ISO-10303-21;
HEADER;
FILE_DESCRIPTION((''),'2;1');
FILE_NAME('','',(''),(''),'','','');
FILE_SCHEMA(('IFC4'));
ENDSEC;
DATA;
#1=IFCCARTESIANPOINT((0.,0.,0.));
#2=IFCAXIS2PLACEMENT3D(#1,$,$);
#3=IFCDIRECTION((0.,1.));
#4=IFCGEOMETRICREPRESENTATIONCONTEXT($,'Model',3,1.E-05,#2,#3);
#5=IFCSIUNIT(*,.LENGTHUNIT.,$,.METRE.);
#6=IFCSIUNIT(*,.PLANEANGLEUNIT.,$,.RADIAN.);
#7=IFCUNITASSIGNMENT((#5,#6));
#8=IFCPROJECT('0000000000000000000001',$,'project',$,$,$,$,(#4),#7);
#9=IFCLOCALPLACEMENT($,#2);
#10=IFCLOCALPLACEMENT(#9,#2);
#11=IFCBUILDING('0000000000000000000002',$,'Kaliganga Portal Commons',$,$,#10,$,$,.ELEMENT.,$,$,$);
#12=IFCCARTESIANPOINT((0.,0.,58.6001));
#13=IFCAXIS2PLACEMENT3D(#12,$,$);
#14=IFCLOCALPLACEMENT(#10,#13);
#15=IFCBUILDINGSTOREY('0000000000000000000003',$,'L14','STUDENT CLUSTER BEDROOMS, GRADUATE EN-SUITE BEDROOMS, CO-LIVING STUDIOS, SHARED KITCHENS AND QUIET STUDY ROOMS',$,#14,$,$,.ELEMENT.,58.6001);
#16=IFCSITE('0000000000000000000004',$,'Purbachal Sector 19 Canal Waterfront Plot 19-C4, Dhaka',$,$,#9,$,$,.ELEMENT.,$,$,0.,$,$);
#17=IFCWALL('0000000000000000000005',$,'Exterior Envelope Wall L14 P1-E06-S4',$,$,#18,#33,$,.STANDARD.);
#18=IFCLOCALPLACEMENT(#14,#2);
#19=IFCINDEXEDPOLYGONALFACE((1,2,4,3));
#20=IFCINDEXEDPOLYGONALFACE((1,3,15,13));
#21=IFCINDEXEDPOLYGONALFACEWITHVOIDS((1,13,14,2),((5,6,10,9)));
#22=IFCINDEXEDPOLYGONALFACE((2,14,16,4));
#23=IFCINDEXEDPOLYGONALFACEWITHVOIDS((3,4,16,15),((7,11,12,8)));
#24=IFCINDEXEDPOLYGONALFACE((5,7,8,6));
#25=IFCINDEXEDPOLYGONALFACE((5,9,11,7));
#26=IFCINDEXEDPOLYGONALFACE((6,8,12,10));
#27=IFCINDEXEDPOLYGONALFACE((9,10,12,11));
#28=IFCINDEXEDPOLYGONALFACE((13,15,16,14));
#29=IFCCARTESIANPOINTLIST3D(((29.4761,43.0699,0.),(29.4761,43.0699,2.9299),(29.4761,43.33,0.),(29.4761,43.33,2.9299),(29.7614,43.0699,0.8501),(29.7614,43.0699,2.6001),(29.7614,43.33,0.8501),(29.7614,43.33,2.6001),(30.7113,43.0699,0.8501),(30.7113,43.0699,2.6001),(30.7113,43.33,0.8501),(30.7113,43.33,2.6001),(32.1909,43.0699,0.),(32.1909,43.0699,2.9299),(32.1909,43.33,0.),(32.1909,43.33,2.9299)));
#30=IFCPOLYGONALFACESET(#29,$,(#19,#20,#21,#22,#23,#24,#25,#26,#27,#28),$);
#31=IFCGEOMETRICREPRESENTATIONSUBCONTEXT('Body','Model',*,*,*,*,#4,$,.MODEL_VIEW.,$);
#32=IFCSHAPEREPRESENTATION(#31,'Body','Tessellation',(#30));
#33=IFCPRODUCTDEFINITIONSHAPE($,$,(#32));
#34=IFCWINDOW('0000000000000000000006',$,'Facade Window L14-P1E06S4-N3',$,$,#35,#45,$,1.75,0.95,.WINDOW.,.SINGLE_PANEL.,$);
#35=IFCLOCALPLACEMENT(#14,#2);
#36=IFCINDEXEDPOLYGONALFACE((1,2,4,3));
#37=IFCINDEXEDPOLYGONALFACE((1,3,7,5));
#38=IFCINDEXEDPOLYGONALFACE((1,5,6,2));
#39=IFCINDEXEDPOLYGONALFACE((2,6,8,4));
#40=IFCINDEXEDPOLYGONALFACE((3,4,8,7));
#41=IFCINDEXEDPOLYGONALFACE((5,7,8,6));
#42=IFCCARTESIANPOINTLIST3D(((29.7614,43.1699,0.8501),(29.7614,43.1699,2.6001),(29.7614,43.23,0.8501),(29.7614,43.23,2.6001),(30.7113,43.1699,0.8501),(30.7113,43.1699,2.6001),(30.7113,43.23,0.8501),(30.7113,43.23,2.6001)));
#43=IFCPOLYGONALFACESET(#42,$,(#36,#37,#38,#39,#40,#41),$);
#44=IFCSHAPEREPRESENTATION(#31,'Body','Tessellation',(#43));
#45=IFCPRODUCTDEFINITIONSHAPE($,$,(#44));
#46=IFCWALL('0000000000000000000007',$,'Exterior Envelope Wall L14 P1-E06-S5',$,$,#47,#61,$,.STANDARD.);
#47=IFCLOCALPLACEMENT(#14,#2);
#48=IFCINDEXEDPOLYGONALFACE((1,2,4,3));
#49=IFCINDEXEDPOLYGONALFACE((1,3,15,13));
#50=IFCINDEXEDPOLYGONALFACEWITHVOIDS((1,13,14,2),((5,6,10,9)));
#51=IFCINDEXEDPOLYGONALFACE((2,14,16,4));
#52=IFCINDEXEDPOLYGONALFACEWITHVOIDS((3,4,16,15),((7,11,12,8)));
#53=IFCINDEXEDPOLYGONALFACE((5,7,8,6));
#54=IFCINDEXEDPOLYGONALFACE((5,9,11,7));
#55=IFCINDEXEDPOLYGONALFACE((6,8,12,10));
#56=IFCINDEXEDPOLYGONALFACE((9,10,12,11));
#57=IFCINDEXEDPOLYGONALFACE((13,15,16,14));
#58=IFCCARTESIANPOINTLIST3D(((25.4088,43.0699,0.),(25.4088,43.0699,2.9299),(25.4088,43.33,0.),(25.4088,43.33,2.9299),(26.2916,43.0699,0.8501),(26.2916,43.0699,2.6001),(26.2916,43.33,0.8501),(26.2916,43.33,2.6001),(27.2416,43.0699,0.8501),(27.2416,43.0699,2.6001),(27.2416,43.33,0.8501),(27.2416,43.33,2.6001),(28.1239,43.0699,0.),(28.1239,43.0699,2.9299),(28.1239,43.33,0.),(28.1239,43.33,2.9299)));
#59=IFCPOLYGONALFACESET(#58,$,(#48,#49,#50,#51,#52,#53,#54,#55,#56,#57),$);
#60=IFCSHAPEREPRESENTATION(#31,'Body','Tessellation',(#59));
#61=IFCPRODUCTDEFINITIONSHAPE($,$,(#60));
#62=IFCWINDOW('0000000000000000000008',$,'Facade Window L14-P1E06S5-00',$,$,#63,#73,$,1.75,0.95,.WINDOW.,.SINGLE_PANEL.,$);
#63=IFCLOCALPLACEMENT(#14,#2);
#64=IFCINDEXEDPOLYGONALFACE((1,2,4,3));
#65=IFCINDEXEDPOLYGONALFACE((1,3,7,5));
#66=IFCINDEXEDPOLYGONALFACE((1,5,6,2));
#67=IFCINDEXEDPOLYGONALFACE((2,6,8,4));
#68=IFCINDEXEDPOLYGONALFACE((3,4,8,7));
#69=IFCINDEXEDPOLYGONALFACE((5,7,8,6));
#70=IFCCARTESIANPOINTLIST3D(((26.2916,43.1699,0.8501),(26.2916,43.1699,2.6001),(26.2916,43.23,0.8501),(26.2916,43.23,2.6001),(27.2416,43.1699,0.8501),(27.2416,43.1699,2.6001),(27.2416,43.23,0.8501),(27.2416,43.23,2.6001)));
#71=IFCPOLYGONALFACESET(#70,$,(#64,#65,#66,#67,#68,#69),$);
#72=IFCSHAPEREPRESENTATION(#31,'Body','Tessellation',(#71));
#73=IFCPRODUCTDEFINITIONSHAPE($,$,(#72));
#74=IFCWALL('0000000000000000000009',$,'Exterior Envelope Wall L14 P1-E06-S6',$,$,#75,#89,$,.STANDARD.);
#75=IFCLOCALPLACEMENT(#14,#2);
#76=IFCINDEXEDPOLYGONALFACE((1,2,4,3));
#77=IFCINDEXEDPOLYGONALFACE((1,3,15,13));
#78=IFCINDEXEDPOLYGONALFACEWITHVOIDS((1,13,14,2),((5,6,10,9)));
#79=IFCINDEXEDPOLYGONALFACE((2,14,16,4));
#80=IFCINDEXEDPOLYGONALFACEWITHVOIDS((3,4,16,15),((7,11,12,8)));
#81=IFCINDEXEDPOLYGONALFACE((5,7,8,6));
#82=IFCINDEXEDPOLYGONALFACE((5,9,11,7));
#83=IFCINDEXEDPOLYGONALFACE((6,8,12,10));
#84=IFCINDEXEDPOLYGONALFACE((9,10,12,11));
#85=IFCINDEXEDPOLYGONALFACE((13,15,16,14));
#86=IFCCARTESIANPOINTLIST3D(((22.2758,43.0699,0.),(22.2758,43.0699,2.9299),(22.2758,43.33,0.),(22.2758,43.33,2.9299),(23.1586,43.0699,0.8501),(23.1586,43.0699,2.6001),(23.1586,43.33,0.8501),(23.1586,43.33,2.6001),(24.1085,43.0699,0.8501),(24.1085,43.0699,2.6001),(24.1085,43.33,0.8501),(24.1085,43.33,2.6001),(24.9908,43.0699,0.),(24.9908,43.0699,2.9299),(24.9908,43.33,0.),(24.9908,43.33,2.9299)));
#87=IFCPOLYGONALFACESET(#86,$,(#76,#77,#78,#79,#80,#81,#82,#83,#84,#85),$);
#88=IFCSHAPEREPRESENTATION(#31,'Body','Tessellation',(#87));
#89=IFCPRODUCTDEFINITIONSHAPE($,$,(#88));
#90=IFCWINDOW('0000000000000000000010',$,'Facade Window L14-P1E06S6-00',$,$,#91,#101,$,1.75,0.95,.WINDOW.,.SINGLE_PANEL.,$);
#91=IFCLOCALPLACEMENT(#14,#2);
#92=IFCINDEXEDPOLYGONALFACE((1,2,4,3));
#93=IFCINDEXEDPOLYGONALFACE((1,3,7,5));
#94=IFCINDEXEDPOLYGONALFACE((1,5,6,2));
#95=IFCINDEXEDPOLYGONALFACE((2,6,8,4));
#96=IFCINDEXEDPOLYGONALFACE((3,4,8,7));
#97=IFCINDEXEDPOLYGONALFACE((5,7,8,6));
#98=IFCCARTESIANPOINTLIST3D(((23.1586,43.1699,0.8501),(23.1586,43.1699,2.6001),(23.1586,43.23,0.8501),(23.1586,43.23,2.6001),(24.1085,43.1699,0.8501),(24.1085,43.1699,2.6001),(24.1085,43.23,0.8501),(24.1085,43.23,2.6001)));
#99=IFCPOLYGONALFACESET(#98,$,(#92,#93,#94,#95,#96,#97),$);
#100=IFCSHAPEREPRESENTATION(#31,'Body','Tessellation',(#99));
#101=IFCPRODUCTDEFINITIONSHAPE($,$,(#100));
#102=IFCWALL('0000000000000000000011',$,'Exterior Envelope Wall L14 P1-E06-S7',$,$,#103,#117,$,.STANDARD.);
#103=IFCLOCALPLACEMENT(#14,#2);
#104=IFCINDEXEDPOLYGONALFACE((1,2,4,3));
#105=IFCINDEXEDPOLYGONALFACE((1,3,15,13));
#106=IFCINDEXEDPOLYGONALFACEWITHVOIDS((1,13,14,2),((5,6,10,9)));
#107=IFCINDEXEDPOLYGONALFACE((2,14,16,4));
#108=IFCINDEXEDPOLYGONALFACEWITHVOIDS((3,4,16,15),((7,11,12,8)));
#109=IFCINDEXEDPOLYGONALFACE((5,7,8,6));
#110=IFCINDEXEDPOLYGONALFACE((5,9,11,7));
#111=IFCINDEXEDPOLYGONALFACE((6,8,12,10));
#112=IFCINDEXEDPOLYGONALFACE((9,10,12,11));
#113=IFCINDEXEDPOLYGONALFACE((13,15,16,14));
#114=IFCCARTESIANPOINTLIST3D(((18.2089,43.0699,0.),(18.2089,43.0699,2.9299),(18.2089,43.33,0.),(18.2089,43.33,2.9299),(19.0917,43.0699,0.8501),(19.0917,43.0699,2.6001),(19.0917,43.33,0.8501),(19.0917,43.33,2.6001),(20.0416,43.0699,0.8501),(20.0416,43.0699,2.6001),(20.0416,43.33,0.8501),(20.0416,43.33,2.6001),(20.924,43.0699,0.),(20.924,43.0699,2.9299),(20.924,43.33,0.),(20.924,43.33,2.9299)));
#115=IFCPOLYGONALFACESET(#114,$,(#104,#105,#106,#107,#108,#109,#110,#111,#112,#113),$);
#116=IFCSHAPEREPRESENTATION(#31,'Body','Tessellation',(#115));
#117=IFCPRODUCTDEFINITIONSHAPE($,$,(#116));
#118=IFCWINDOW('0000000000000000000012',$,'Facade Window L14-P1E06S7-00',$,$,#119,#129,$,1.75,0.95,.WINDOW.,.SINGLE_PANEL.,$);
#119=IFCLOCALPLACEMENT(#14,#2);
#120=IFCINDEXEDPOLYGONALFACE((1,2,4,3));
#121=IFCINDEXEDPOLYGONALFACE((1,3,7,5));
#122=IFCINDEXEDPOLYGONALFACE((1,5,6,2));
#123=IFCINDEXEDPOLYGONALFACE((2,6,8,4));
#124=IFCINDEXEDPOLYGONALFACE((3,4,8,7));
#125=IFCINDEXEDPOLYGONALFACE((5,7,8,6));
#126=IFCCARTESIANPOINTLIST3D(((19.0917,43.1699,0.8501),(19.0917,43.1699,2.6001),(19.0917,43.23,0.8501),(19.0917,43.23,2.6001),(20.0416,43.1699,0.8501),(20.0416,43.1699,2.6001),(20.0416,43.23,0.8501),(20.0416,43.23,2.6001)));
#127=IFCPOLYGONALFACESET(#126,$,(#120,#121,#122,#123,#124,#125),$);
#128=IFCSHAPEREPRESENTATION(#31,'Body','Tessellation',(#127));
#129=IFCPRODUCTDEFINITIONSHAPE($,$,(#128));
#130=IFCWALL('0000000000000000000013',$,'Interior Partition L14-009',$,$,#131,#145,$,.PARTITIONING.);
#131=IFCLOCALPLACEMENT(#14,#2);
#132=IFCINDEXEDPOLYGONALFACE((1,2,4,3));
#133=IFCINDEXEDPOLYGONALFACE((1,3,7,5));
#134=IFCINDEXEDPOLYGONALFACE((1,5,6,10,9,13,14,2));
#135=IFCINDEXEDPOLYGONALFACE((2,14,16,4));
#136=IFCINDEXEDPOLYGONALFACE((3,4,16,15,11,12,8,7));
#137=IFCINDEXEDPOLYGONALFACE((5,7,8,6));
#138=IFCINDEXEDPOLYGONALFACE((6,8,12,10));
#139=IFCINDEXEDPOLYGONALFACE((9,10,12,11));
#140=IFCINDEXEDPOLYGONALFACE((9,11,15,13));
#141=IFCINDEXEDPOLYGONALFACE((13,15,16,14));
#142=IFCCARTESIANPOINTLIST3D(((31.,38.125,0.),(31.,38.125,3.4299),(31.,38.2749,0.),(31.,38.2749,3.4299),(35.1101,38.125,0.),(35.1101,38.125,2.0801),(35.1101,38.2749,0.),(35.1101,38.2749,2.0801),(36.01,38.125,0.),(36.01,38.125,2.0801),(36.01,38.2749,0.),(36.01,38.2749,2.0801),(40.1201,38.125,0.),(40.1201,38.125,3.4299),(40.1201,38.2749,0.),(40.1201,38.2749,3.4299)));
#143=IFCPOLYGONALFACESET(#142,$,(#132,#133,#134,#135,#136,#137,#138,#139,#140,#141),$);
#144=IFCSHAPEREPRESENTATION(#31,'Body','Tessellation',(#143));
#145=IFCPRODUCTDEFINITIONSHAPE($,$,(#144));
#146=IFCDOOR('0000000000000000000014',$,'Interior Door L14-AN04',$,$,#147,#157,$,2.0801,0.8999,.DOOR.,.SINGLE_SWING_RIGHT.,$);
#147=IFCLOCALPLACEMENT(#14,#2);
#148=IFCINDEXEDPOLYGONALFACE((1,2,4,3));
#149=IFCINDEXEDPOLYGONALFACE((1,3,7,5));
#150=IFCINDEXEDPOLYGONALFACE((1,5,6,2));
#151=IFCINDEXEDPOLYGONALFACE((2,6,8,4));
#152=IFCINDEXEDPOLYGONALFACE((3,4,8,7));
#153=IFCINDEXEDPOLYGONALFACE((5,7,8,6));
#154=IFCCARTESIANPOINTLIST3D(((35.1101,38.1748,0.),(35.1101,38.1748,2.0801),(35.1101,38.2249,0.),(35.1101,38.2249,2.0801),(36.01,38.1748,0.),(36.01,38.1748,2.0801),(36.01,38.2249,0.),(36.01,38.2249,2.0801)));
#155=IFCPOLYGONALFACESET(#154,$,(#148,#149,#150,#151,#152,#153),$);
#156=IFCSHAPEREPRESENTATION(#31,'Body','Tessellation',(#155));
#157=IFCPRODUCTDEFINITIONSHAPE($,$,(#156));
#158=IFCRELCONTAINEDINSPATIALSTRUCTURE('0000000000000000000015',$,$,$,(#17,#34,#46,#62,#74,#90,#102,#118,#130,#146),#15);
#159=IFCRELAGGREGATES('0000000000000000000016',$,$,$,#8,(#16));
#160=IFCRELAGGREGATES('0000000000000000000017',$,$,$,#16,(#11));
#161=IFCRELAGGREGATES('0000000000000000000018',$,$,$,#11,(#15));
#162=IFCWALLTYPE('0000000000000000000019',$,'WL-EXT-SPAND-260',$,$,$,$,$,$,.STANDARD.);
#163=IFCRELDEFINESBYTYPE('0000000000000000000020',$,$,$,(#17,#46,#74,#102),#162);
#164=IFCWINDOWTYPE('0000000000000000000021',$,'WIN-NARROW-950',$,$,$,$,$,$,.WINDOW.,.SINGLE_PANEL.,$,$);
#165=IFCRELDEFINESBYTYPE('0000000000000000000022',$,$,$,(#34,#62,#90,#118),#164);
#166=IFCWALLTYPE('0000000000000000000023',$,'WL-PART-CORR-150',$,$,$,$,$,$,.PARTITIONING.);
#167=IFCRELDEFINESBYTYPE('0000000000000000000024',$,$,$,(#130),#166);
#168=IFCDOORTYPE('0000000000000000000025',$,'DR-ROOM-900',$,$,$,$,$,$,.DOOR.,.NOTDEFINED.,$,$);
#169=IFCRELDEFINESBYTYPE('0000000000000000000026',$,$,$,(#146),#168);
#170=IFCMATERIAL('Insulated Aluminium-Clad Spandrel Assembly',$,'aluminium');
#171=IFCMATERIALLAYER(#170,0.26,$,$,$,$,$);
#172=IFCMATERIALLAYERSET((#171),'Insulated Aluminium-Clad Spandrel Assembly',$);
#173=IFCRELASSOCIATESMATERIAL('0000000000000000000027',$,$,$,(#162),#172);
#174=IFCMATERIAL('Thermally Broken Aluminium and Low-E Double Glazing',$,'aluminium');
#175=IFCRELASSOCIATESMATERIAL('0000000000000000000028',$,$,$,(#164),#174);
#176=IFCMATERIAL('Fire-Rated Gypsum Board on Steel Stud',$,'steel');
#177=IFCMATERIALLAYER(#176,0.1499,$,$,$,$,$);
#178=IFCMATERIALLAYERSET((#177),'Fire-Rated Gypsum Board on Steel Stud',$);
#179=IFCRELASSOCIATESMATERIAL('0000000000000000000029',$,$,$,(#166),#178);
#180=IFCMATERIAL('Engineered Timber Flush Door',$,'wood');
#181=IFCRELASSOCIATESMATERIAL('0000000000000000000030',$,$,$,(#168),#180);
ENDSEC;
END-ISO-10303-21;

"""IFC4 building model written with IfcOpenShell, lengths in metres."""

from ifc_helpers import new_model, si_unit, direction, frame, frame_2d, origin, place, context, subcontext, project, spatial, rectangle, extrude, material, layer, layer_set, type_object, element, fill, save


model = new_model("IFC4")

# Units and contexts
model_context = context("Model", 3, precision=1e-05, world=origin(), true_north=direction((0.0, 1.0)))
body_context = subcontext(model_context, "Body", "Model", "MODEL_VIEW")
ifc_project = project(units=[si_unit("LENGTHUNIT", "METRE"), si_unit("PLANEANGLEUNIT", "RADIAN")], contexts=[model_context])

# Site, building, storey
site_placement = place(None, origin())
site = spatial("IfcSite", under=ifc_project, at=site_placement, Name="Purbachal Sector 19 Canal Waterfront Plot 19-C4, Dhaka", CompositionType="ELEMENT", RefElevation=0.0)
building_placement = place(site_placement, origin())
building = spatial("IfcBuilding", under=site, at=building_placement, Name="Kaliganga Portal Commons", CompositionType="ELEMENT")
storey_placement = place(building_placement, frame((0.0, 0.0, 58.6001)))
storey = spatial("IfcBuildingStorey", under=building, at=storey_placement, Name="L14", Description="STUDENT CLUSTER BEDROOMS, GRADUATE EN-SUITE BEDROOMS, CO-LIVING STUDIOS, SHARED KITCHENS AND QUIET STUDY ROOMS", CompositionType="ELEMENT", Elevation=58.6001)

# Walls, openings, windows
ifc_material_1 = material(Name="Insulated Aluminium-Clad Spandrel Assembly", Category="aluminium")
ifc_layer_1 = layer(ifc_material_1, 0.26)
ifc_layer_set_1 = layer_set([ifc_layer_1], Name="Insulated Aluminium-Clad Spandrel Assembly")
wall_type_1 = type_object("IfcWallType", Name="WL-EXT-SPAND-260", PredefinedType="STANDARD", material=ifc_layer_set_1)
wall_1_placement = place(storey_placement, frame((29.4761, 43.2, 0.0), z_axis=(0.0, 0.0, 1.0), x_axis=(1.0, 0.0, 0.0)))
wall_1 = element("IfcWall", 1, at=wall_1_placement, inside=storey, type_object=wall_type_1, Name="Exterior Envelope Wall L14 P1-E06-S4", PredefinedType="STANDARD", context=body_context, shape_type="SweptSolid", body=[
    extrude(rectangle(XDim=2.7148, YDim=0.26, at=frame_2d((1.3574, 0.0))), origin(), (0.0, 0.0, 1.0), 2.9299),
])
opening_1_placement = place(wall_1_placement, frame((0.2852, 0.0, 0.8501)))
opening_1 = element("IfcOpeningElement", 2, at=opening_1_placement, cuts=wall_1, PredefinedType="OPENING", context=body_context, shape_type="SweptSolid", body=[
    extrude(rectangle(XDim=0.95, YDim=1.75, at=frame_2d((0.4751, 0.875))), frame((0.0, 0.1401, 0.0), z_axis=(0.0, -1.0, 0.0), x_axis=(1.0, 0.0, 0.0)), (0.0, 0.0, 1.0), 0.28),
])
ifc_material_2 = material(Name="Thermally Broken Aluminium and Low-E Double Glazing", Category="aluminium")
window_type = type_object("IfcWindowType", Name="WIN-NARROW-950", PartitioningType="SINGLE_PANEL", PredefinedType="WINDOW", material=ifc_material_2)
window_1_placement = place(opening_1_placement, origin())
window_1 = element("IfcWindow", 3, at=window_1_placement, inside=storey, type_object=window_type, Name="Facade Window L14-P1E06S4-N3", OverallHeight=1.75, OverallWidth=0.95, PartitioningType="SINGLE_PANEL", PredefinedType="WINDOW", context=body_context, shape_type="SweptSolid", body=[
    extrude(rectangle(XDim=0.95, YDim=1.75, at=frame_2d((0.4751, 0.875))), frame((0.0, 0.03, 0.0), z_axis=(0.0, -1.0, 0.0), x_axis=(1.0, 0.0, 0.0)), (0.0, 0.0, 1.0), 0.0601),
])
fill(opening_1, window_1)
wall_2_placement = place(storey_placement, frame((25.4089, 43.2, 0.0), z_axis=(0.0, 0.0, 1.0), x_axis=(1.0, 0.0, 0.0)))
wall_2 = element("IfcWall", 4, at=wall_2_placement, inside=storey, type_object=wall_type_1, Name="Exterior Envelope Wall L14 P1-E06-S5", PredefinedType="STANDARD", context=body_context, shape_type="SweptSolid", body=[
    extrude(rectangle(XDim=2.7151, YDim=0.26, at=frame_2d((1.3574, 0.0))), origin(), (0.0, 0.0, 1.0), 2.9299),
])
opening_2_placement = place(wall_2_placement, frame((0.8826, 0.0, 0.8501)))
opening_2 = element("IfcOpeningElement", 5, at=opening_2_placement, cuts=wall_2, PredefinedType="OPENING", context=body_context, shape_type="SweptSolid", body=[
    extrude(rectangle(XDim=0.95, YDim=1.75, at=frame_2d((0.4751, 0.875))), frame((0.0, 0.1401, 0.0), z_axis=(0.0, -1.0, 0.0), x_axis=(1.0, 0.0, 0.0)), (0.0, 0.0, 1.0), 0.28),
])
window_2_placement = place(opening_2_placement, origin())
window_2 = element("IfcWindow", 6, at=window_2_placement, inside=storey, type_object=window_type, Name="Facade Window L14-P1E06S5-00", OverallHeight=1.75, OverallWidth=0.95, PartitioningType="SINGLE_PANEL", PredefinedType="WINDOW", context=body_context, shape_type="SweptSolid", body=[
    extrude(rectangle(XDim=0.95, YDim=1.75, at=frame_2d((0.4751, 0.875))), frame((0.0, 0.03, 0.0), z_axis=(0.0, -1.0, 0.0), x_axis=(1.0, 0.0, 0.0)), (0.0, 0.0, 1.0), 0.0601),
])
fill(opening_2, window_2)
wall_3_placement = place(storey_placement, frame((22.2759, 43.2, 0.0), z_axis=(0.0, 0.0, 1.0), x_axis=(1.0, 0.0, 0.0)))
wall_3 = element("IfcWall", 7, at=wall_3_placement, inside=storey, type_object=wall_type_1, Name="Exterior Envelope Wall L14 P1-E06-S6", PredefinedType="STANDARD", context=body_context, shape_type="SweptSolid", body=[
    extrude(rectangle(XDim=2.7151, YDim=0.26, at=frame_2d((1.3574, 0.0))), origin(), (0.0, 0.0, 1.0), 2.9299),
])
opening_3_placement = place(wall_3_placement, frame((0.8826, 0.0, 0.8501)))
opening_3 = element("IfcOpeningElement", 8, at=opening_3_placement, cuts=wall_3, PredefinedType="OPENING", context=body_context, shape_type="SweptSolid", body=[
    extrude(rectangle(XDim=0.95, YDim=1.75, at=frame_2d((0.4751, 0.875))), frame((0.0, 0.1401, 0.0), z_axis=(0.0, -1.0, 0.0), x_axis=(1.0, 0.0, 0.0)), (0.0, 0.0, 1.0), 0.28),
])
window_3_placement = place(opening_3_placement, origin())
window_3 = element("IfcWindow", 9, at=window_3_placement, inside=storey, type_object=window_type, Name="Facade Window L14-P1E06S6-00", OverallHeight=1.75, OverallWidth=0.95, PartitioningType="SINGLE_PANEL", PredefinedType="WINDOW", context=body_context, shape_type="SweptSolid", body=[
    extrude(rectangle(XDim=0.95, YDim=1.75, at=frame_2d((0.4751, 0.875))), frame((0.0, 0.03, 0.0), z_axis=(0.0, -1.0, 0.0), x_axis=(1.0, 0.0, 0.0)), (0.0, 0.0, 1.0), 0.0601),
])
fill(opening_3, window_3)
wall_4_placement = place(storey_placement, frame((18.209, 43.2, 0.0), z_axis=(0.0, 0.0, 1.0), x_axis=(1.0, 0.0, 0.0)))
wall_4 = element("IfcWall", 10, at=wall_4_placement, inside=storey, type_object=wall_type_1, Name="Exterior Envelope Wall L14 P1-E06-S7", PredefinedType="STANDARD", context=body_context, shape_type="SweptSolid", body=[
    extrude(rectangle(XDim=2.7151, YDim=0.26, at=frame_2d((1.3574, 0.0))), origin(), (0.0, 0.0, 1.0), 2.9299),
])
opening_4_placement = place(wall_4_placement, frame((0.8826, 0.0, 0.8501)))
opening_4 = element("IfcOpeningElement", 11, at=opening_4_placement, cuts=wall_4, PredefinedType="OPENING", context=body_context, shape_type="SweptSolid", body=[
    extrude(rectangle(XDim=0.95, YDim=1.75, at=frame_2d((0.4751, 0.875))), frame((0.0, 0.1401, 0.0), z_axis=(0.0, -1.0, 0.0), x_axis=(1.0, 0.0, 0.0)), (0.0, 0.0, 1.0), 0.28),
])
window_4_placement = place(opening_4_placement, origin())
window_4 = element("IfcWindow", 12, at=window_4_placement, inside=storey, type_object=window_type, Name="Facade Window L14-P1E06S7-00", OverallHeight=1.75, OverallWidth=0.95, PartitioningType="SINGLE_PANEL", PredefinedType="WINDOW", context=body_context, shape_type="SweptSolid", body=[
    extrude(rectangle(XDim=0.95, YDim=1.75, at=frame_2d((0.4751, 0.875))), frame((0.0, 0.03, 0.0), z_axis=(0.0, -1.0, 0.0), x_axis=(1.0, 0.0, 0.0)), (0.0, 0.0, 1.0), 0.0601),
])
fill(opening_4, window_4)

# Wall, opening, door
ifc_material_3 = material(Name="Fire-Rated Gypsum Board on Steel Stud", Category="steel")
ifc_layer_2 = layer(ifc_material_3, 0.1499)
ifc_layer_set_2 = layer_set([ifc_layer_2], Name="Fire-Rated Gypsum Board on Steel Stud")
wall_type_2 = type_object("IfcWallType", Name="WL-PART-CORR-150", PredefinedType="PARTITIONING", material=ifc_layer_set_2)
wall_5_placement = place(storey_placement, frame((31.0, 38.2, 0.0), z_axis=(0.0, 0.0, 1.0), x_axis=(1.0, 0.0, 0.0)))
wall_5 = element("IfcWall", 13, at=wall_5_placement, inside=storey, type_object=wall_type_2, Name="Interior Partition L14-009", PredefinedType="PARTITIONING", context=body_context, shape_type="SweptSolid", body=[
    extrude(rectangle(XDim=9.1201, YDim=0.1499, at=frame_2d((4.5601, 0.0))), origin(), (0.0, 0.0, 1.0), 3.4299),
])
opening_5_placement = place(wall_5_placement, frame((4.1101, 0.0, 0.0)))
opening_5 = element("IfcOpeningElement", 14, at=opening_5_placement, cuts=wall_5, PredefinedType="OPENING", context=body_context, shape_type="SweptSolid", body=[
    extrude(rectangle(XDim=0.8999, YDim=2.0801, at=frame_2d((0.45, 1.04))), frame((0.0, 0.085, 0.0), z_axis=(0.0, -1.0, 0.0), x_axis=(1.0, 0.0, 0.0)), (0.0, 0.0, 1.0), 0.1699),
])
ifc_material_4 = material(Name="Engineered Timber Flush Door", Category="wood")
door_type_1 = type_object("IfcDoorType", Name="DR-ROOM-900", OperationType="NOTDEFINED", PredefinedType="DOOR", material=ifc_material_4)
door_1_placement = place(opening_5_placement, origin())
door_1 = element("IfcDoor", 15, at=door_1_placement, inside=storey, type_object=door_type_1, Name="Interior Door L14-AN04", OperationType="SINGLE_SWING_RIGHT", OverallHeight=2.0801, OverallWidth=0.8999, PredefinedType="DOOR", context=body_context, shape_type="SweptSolid", body=[
    extrude(rectangle(XDim=0.8999, YDim=2.0801, at=frame_2d((0.45, 1.04))), frame((0.0, 0.0249, 0.0), z_axis=(0.0, -1.0, 0.0), x_axis=(1.0, 0.0, 0.0)), (0.0, 0.0, 1.0), 0.05),
])
fill(opening_5, door_1)

save(model, "model.ifc")
